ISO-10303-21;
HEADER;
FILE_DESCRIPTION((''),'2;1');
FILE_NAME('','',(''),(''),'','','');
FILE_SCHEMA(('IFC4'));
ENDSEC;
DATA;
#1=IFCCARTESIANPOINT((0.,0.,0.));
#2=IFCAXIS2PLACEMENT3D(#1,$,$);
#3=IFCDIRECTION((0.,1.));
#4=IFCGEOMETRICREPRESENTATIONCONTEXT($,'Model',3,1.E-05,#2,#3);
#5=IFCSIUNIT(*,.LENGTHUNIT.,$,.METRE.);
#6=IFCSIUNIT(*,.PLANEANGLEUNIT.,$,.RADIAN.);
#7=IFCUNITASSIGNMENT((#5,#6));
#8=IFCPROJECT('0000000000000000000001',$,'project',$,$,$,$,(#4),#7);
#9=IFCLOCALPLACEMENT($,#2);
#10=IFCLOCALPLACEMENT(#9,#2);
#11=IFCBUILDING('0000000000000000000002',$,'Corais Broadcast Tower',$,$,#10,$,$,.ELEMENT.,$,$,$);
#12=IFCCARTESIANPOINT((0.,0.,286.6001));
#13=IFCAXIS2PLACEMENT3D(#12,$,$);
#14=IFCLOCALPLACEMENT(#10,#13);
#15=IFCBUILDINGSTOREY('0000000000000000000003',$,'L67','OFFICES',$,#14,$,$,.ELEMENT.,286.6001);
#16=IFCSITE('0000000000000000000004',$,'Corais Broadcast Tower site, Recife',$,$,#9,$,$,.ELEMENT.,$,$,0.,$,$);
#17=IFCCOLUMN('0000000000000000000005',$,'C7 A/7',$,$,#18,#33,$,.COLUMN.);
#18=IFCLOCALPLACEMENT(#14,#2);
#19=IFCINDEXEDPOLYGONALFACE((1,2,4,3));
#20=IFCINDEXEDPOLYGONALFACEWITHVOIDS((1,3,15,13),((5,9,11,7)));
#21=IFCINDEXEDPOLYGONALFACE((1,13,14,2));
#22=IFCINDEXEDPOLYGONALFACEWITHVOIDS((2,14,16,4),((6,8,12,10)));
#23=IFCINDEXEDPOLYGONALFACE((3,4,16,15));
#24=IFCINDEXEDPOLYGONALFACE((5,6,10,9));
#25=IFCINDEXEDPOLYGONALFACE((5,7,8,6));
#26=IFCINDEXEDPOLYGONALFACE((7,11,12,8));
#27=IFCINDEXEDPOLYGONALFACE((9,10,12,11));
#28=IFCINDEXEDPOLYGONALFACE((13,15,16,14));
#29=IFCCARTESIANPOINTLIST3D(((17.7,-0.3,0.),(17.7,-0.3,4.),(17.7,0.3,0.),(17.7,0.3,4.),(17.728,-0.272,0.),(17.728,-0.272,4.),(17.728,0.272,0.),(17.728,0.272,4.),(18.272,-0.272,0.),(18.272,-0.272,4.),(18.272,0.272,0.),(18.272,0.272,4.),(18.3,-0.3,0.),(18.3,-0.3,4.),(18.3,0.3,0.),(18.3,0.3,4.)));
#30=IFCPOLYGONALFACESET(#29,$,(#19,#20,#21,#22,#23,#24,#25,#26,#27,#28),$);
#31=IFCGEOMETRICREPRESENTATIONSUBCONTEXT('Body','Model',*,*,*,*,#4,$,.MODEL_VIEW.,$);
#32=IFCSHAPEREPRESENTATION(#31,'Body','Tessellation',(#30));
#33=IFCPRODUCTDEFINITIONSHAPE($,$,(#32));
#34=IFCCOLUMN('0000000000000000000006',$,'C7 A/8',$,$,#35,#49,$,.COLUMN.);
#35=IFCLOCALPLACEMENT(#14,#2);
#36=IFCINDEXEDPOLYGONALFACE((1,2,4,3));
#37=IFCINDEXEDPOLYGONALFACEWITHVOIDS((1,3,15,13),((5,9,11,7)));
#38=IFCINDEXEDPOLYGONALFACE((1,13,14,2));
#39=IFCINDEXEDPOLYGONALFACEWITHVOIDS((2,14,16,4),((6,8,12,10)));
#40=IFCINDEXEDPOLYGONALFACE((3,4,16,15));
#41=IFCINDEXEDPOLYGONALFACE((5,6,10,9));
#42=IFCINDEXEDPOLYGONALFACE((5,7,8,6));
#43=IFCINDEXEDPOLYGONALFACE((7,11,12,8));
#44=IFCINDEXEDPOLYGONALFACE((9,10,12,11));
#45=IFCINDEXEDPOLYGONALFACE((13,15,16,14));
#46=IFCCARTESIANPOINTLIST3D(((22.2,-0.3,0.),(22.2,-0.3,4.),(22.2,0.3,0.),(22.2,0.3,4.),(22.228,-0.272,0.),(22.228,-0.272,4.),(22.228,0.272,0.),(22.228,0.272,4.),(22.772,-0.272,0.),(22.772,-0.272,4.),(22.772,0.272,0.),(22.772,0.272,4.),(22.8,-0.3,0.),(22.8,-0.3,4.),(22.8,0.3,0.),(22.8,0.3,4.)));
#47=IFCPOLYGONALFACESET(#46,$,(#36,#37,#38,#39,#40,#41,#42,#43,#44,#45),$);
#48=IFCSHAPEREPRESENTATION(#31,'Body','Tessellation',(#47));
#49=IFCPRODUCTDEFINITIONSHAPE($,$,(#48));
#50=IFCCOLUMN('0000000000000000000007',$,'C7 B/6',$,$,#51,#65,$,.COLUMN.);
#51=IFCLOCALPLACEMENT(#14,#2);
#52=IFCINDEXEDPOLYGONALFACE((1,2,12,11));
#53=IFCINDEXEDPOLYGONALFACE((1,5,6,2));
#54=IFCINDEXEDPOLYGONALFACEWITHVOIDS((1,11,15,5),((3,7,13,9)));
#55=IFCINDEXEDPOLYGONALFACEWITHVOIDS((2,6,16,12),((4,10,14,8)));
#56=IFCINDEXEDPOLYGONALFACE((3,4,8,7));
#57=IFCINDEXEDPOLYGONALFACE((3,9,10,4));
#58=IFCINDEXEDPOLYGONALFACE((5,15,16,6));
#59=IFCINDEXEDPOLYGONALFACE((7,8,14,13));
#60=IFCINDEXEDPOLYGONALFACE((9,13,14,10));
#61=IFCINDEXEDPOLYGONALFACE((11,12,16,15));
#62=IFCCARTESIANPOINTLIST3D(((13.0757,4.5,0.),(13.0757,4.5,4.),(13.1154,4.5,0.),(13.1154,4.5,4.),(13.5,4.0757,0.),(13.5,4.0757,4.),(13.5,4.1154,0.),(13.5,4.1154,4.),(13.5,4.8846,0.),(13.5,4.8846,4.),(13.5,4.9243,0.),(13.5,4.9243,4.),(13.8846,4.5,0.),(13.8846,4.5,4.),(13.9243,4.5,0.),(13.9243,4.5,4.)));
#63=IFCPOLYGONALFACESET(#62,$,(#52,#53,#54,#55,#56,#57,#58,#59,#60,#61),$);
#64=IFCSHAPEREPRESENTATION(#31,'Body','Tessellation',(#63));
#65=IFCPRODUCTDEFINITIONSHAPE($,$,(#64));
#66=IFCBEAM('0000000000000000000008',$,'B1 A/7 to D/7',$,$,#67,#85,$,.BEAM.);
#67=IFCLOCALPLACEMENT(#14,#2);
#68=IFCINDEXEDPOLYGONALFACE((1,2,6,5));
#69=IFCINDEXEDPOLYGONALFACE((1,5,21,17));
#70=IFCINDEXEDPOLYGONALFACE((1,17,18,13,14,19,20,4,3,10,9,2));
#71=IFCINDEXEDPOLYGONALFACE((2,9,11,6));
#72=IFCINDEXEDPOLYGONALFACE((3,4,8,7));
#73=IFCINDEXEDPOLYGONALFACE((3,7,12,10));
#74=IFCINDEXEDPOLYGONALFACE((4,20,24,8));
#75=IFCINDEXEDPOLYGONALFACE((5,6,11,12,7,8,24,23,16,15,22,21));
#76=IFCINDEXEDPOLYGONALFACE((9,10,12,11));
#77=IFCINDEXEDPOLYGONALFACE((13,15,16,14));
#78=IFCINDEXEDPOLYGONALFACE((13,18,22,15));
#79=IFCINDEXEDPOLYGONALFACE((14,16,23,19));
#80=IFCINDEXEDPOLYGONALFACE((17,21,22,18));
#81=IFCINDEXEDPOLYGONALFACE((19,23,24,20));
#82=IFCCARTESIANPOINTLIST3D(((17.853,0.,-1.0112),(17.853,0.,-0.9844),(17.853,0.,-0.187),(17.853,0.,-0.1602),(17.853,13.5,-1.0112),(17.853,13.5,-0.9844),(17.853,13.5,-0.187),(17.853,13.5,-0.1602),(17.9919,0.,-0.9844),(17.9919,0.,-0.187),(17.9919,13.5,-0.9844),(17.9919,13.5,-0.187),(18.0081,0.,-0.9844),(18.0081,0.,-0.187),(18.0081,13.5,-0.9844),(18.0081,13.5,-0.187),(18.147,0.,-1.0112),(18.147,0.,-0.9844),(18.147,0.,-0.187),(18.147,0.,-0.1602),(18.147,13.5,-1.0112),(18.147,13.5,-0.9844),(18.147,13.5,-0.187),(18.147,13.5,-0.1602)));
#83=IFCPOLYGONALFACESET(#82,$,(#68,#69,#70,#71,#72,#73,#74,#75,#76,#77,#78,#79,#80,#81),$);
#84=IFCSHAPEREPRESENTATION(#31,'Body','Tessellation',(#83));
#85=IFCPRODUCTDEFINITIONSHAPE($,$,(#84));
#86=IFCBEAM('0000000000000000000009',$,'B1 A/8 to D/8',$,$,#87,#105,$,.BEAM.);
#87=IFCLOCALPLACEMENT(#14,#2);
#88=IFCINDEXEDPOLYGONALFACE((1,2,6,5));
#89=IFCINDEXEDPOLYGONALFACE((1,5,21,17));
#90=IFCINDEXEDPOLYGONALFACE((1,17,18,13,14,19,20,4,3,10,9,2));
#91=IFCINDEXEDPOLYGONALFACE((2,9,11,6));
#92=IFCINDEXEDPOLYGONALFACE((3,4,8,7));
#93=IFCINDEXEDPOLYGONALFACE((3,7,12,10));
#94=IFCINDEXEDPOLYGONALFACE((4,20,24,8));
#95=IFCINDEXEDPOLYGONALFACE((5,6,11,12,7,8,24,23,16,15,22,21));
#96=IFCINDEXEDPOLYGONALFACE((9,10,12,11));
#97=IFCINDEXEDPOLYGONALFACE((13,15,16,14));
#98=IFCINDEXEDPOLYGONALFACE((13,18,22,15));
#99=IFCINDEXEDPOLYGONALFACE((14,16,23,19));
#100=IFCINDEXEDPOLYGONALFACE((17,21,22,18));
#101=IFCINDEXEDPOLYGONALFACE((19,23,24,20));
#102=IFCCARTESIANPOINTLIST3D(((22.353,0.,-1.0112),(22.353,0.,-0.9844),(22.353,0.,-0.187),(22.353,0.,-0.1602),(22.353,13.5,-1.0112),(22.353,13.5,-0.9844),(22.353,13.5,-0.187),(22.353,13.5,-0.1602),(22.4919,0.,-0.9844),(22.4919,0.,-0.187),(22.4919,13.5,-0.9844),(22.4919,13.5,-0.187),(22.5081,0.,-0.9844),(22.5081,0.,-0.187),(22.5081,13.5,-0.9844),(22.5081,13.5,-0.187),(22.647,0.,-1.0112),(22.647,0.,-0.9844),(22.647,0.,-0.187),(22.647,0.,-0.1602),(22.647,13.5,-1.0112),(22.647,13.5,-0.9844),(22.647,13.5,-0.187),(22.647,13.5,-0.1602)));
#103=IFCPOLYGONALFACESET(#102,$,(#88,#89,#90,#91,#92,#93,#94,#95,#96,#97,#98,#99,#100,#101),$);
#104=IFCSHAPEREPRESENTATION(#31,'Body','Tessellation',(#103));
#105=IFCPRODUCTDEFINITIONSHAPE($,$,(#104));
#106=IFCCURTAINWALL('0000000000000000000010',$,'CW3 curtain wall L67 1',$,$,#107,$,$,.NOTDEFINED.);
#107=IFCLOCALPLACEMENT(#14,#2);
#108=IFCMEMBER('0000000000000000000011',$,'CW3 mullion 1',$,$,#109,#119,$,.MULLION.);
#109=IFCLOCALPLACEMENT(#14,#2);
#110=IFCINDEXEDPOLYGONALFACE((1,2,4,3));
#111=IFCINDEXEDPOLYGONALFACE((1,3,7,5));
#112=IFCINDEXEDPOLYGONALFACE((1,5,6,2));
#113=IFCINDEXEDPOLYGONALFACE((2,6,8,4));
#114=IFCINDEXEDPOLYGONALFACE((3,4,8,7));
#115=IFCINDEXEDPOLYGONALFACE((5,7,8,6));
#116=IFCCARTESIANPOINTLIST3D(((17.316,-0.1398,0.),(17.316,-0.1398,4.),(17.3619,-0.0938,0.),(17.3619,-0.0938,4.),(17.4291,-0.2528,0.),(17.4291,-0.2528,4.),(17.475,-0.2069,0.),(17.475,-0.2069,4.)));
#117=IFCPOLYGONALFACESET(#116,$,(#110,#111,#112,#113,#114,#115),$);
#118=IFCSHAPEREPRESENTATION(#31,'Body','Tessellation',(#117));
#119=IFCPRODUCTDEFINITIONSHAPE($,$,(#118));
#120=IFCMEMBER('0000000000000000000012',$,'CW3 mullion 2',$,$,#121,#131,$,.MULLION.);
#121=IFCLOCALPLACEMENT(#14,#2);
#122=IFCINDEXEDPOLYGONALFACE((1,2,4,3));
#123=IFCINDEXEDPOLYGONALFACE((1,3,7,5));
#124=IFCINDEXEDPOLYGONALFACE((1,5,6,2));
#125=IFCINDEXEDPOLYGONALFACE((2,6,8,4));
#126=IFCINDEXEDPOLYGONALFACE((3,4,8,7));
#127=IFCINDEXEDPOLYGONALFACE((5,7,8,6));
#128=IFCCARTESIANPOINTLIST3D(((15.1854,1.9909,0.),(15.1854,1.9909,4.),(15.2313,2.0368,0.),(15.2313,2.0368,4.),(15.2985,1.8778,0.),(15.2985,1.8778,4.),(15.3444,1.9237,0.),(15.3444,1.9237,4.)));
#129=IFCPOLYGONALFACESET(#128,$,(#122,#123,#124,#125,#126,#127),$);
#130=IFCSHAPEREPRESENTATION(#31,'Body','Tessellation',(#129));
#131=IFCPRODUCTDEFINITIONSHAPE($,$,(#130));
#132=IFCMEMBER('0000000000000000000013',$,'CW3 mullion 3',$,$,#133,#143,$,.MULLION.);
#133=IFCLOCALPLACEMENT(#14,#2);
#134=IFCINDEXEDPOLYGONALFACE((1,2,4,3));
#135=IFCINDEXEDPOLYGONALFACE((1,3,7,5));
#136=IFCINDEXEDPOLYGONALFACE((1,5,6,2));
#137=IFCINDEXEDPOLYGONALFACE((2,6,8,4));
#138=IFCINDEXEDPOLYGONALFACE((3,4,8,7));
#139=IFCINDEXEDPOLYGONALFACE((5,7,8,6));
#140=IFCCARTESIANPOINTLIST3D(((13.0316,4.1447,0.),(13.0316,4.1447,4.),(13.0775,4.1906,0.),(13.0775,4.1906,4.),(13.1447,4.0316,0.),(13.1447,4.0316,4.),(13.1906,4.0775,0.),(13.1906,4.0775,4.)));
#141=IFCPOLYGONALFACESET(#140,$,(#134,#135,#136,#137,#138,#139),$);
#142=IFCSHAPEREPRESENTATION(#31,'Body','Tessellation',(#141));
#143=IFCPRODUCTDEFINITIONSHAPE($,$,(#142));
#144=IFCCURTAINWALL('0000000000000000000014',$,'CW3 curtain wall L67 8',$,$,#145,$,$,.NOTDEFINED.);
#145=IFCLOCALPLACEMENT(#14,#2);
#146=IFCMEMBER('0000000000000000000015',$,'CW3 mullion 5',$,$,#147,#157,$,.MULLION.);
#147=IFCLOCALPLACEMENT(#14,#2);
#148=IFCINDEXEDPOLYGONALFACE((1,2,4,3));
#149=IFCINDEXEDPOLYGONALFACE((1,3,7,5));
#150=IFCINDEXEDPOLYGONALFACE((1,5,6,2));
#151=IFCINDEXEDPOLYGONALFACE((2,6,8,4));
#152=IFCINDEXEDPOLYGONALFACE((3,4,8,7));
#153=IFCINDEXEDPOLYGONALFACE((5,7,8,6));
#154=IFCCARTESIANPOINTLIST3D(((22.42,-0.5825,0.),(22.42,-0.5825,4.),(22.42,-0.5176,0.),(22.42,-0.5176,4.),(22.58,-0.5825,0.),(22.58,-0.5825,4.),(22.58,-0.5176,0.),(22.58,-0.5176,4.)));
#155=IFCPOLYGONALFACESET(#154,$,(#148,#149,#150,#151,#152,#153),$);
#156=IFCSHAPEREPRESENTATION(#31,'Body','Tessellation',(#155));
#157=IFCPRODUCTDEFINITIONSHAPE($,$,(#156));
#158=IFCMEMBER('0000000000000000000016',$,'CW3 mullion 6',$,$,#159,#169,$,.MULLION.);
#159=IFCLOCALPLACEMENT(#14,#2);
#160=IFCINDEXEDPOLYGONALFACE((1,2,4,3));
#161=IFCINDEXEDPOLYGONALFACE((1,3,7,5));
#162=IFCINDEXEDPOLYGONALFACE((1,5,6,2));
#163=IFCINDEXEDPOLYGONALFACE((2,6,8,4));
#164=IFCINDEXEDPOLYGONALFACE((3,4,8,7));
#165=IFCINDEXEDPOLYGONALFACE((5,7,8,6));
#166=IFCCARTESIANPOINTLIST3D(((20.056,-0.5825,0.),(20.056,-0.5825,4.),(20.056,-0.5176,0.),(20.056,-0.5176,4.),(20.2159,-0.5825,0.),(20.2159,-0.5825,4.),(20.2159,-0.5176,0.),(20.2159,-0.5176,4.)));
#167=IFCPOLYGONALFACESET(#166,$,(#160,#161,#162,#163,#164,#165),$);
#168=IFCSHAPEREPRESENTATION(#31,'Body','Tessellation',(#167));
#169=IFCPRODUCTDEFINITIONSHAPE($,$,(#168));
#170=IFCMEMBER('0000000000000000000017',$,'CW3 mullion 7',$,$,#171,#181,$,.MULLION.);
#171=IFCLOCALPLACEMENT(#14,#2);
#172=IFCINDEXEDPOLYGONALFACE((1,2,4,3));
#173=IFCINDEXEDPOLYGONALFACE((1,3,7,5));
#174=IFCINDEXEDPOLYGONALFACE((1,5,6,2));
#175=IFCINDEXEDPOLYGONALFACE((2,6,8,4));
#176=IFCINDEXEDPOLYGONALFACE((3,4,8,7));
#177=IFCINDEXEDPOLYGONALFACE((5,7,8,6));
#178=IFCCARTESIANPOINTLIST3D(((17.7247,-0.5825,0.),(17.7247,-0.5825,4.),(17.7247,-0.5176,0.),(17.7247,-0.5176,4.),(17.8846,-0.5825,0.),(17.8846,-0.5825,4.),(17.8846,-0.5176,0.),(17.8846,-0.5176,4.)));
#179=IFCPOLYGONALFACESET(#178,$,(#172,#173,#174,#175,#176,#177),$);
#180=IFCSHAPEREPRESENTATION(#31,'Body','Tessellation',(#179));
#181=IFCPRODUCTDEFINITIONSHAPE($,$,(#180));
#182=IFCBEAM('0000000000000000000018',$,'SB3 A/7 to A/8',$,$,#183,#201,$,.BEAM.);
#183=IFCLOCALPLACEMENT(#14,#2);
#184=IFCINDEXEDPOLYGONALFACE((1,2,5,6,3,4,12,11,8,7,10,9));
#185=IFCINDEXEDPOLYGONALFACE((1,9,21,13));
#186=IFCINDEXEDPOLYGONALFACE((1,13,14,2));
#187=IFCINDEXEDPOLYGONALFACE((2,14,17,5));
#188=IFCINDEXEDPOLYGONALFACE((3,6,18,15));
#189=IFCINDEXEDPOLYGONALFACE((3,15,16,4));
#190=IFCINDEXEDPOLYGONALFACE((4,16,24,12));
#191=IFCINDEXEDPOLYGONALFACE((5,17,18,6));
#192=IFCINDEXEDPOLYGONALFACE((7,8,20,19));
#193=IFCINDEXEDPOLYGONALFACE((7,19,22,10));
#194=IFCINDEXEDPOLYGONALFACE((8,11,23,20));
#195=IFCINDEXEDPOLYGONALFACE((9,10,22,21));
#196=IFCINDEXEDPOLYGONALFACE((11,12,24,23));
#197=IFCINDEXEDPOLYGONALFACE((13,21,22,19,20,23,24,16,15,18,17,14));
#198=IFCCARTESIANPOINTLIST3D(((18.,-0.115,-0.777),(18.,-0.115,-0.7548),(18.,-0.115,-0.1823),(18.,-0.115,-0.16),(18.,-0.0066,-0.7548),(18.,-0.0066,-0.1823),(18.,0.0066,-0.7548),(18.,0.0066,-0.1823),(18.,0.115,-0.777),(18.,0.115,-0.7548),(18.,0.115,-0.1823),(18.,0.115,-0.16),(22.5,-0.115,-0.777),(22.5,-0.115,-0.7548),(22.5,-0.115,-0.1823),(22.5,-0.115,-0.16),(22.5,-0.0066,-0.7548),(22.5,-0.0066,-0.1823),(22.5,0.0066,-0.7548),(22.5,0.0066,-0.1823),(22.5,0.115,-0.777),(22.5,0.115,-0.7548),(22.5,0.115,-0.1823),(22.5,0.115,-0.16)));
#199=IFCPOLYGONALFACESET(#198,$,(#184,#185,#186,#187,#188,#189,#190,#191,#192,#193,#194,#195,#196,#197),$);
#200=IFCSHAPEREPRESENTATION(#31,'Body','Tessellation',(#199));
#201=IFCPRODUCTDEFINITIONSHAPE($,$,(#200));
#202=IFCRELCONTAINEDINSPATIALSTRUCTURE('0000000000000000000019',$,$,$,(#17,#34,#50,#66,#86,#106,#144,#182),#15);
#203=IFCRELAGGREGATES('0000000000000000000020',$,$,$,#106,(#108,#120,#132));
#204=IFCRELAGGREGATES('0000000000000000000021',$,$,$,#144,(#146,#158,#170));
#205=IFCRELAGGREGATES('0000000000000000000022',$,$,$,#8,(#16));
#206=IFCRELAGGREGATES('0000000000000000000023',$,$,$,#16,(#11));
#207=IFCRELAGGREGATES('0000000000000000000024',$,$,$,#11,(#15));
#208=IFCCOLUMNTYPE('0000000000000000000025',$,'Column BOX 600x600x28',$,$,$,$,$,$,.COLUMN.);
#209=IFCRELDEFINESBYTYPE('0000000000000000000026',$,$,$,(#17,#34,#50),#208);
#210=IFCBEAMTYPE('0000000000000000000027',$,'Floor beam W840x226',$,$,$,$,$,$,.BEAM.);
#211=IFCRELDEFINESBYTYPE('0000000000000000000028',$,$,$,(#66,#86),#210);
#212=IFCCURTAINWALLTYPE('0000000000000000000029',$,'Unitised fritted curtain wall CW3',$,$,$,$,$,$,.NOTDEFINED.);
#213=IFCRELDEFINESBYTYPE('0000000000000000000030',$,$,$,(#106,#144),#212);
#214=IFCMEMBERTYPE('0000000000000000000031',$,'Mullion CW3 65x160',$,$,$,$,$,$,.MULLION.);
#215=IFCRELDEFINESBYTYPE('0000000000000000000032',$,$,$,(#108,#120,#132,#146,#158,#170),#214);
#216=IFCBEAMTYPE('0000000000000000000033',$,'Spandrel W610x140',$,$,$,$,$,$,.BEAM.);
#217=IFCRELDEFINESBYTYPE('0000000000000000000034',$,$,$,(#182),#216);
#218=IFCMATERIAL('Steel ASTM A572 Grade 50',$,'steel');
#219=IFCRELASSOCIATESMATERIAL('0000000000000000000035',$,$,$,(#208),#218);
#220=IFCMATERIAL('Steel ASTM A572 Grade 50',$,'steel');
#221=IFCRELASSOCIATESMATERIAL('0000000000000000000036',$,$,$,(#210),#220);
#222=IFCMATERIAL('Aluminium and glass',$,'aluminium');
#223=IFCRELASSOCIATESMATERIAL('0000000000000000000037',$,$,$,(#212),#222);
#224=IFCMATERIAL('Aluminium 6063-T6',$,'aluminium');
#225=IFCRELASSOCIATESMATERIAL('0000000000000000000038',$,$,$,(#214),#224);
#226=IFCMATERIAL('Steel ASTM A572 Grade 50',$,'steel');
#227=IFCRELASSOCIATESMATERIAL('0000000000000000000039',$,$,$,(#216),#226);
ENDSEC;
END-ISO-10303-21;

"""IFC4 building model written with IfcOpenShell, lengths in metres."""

from ifc_helpers import new_model, si_unit, direction, frame, origin, origin_2d, place, context, subcontext, project, spatial, rectangle, hollow_rectangle, i_section, extrude, material, material_profile, profile_set, type_object, element, aggregate, save


model = new_model("IFC4")

# Units and contexts
model_context = context("Model", 3, precision=1e-05, world=origin(), true_north=direction((0.0, 1.0)))
body_context = subcontext(model_context, "Body", "Model", "MODEL_VIEW")
ifc_project = project(units=[si_unit("LENGTHUNIT", "METRE"), si_unit("PLANEANGLEUNIT", "RADIAN")], contexts=[model_context])

# Site, building, storey
site_placement = place(None, origin())
site = spatial("IfcSite", under=ifc_project, at=site_placement, Name="Corais Broadcast Tower site, Recife", CompositionType="ELEMENT", RefElevation=0.0)
building_placement = place(site_placement, origin())
building = spatial("IfcBuilding", under=site, at=building_placement, Name="Corais Broadcast Tower", CompositionType="ELEMENT")
storey_placement = place(building_placement, frame((0.0, 0.0, 286.6001)))
storey = spatial("IfcBuildingStorey", under=building, at=storey_placement, Name="L67", Description="OFFICES", CompositionType="ELEMENT", Elevation=286.6001)

# Columns
ifc_material_1 = material(Name="Steel ASTM A572 Grade 50", Category="steel")
ifc_material_profile_1 = material_profile(ifc_material_1, hollow_rectangle(XDim=0.6001, YDim=0.6001, WallThickness=0.0281, at=origin_2d()), Name="BOX 600x600x28")
ifc_profile_set_1 = profile_set([ifc_material_profile_1], Name="Steel ASTM A572 Grade 50")
column_type = type_object("IfcColumnType", Name="Column BOX 600x600x28", PredefinedType="COLUMN", material=ifc_profile_set_1)
for number, where, z_axis, x_axis, name in (
    (1, (18.0, 0.0, 0.0), (0.0, 0.0, 1.0), (1.0, 0.0, 0.0), "C7 A/7"),
    (2, (22.5, 0.0, 0.0), (0.0, 0.0, 1.0), (1.0, 0.0, 0.0), "C7 A/8"),
    (3, (13.5, 4.5, 0.0), (0.0, 0.0, 1.0), (0.707107, 0.707107, 0.0), "C7 B/6"),
):
    element("IfcColumn", number, at=place(storey_placement, frame(where, z_axis=z_axis, x_axis=x_axis)), inside=storey, type_object=column_type, Name=name, PredefinedType="COLUMN", context=body_context, shape_type="SweptSolid", body=[
        extrude(hollow_rectangle(XDim=0.6001, YDim=0.6001, WallThickness=0.0281, at=origin_2d()), origin(), (0.0, 0.0, 1.0), 4.0),
    ])

# Beams
ifc_material_2 = material(Name="Steel ASTM A572 Grade 50", Category="steel")
ifc_material_profile_2 = material_profile(ifc_material_2, i_section(OverallWidth=0.2939, OverallDepth=0.8511, WebThickness=0.0161, FlangeThickness=0.0269, at=origin_2d()), Name="W840x226")
ifc_profile_set_2 = profile_set([ifc_material_profile_2], Name="Steel ASTM A572 Grade 50")
beam_type_1 = type_object("IfcBeamType", Name="Floor beam W840x226", PredefinedType="BEAM", material=ifc_profile_set_2)
for number, where, z_axis, x_axis, name in (
    (4, (18.0, 0.0, -0.5857), (0.0, 1.0, 0.0), (-1.0, 0.0, 0.0), "B1 A/7 to D/7"),
    (5, (22.5, 0.0, -0.5857), (0.0, 1.0, 0.0), (-1.0, 0.0, 0.0), "B1 A/8 to D/8"),
):
    element("IfcBeam", number, at=place(storey_placement, frame(where, z_axis=z_axis, x_axis=x_axis)), inside=storey, type_object=beam_type_1, Name=name, PredefinedType="BEAM", context=body_context, shape_type="SweptSolid", body=[
        extrude(i_section(OverallWidth=0.2939, OverallDepth=0.8511, WebThickness=0.0161, FlangeThickness=0.0269, at=origin_2d()), origin(), (0.0, 0.0, 1.0), 13.5),
    ])

# Curtain walls, members
ifc_material_3 = material(Name="Aluminium and glass", Category="aluminium")
curtain_wall_type = type_object("IfcCurtainWallType", Name="Unitised fritted curtain wall CW3", PredefinedType="NOTDEFINED", material=ifc_material_3)
curtain_wall_1_placement = place(storey_placement, origin())
curtain_wall_1 = element("IfcCurtainWall", 6, at=curtain_wall_1_placement, inside=storey, type_object=curtain_wall_type, Name="CW3 curtain wall L67 1", PredefinedType="NOTDEFINED")
ifc_material_4 = material(Name="Aluminium 6063-T6", Category="aluminium")
ifc_material_profile_3 = material_profile(ifc_material_4, rectangle(XDim=0.0649, YDim=0.1599, at=origin_2d()), Name="Mullion CW3 65x160")
ifc_profile_set_3 = profile_set([ifc_material_profile_3], Name="Aluminium 6063-T6")
member_type_1 = type_object("IfcMemberType", Name="Mullion CW3 65x160", PredefinedType="MULLION", material=ifc_profile_set_3)
member_1_placement = place(storey_placement, frame((17.3955, -0.1733, 0.0), z_axis=(0.0, 0.0, 1.0), x_axis=(-0.707107, -0.707107, 0.0)))
member_1 = element("IfcMember", 7, at=member_1_placement, type_object=member_type_1, Name="CW3 mullion 1", PredefinedType="MULLION", context=body_context, shape_type="SweptSolid", body=[
    extrude(rectangle(XDim=0.0649, YDim=0.1599, at=origin_2d()), origin(), (0.0, 0.0, 1.0), 4.0),
])
member_2_placement = place(storey_placement, frame((15.2649, 1.9573, 0.0), z_axis=(0.0, 0.0, 1.0), x_axis=(-0.707107, -0.707107, 0.0)))
member_2 = element("IfcMember", 8, at=member_2_placement, type_object=member_type_1, Name="CW3 mullion 2", PredefinedType="MULLION", context=body_context, shape_type="SweptSolid", body=[
    extrude(rectangle(XDim=0.0649, YDim=0.1599, at=origin_2d()), origin(), (0.0, 0.0, 1.0), 4.0),
])
member_3_placement = place(storey_placement, frame((13.1111, 4.1111, 0.0), z_axis=(0.0, 0.0, 1.0), x_axis=(-0.707107, -0.707107, 0.0)))
member_3 = element("IfcMember", 9, at=member_3_placement, type_object=member_type_1, Name="CW3 mullion 3", PredefinedType="MULLION", context=body_context, shape_type="SweptSolid", body=[
    extrude(rectangle(XDim=0.0649, YDim=0.1599, at=origin_2d()), origin(), (0.0, 0.0, 1.0), 4.0),
])
curtain_wall_2_placement = place(storey_placement, origin())
curtain_wall_2 = element("IfcCurtainWall", 10, at=curtain_wall_2_placement, inside=storey, type_object=curtain_wall_type, Name="CW3 curtain wall L67 8", PredefinedType="NOTDEFINED")
member_4_placement = place(storey_placement, frame((22.5, -0.55, 0.0), z_axis=(0.0, 0.0, 1.0), x_axis=(0.0, -1.0, 0.0)))
member_4 = element("IfcMember", 11, at=member_4_placement, type_object=member_type_1, Name="CW3 mullion 5", PredefinedType="MULLION", context=body_context, shape_type="SweptSolid", body=[
    extrude(rectangle(XDim=0.0649, YDim=0.1599, at=origin_2d()), origin(), (0.0, 0.0, 1.0), 4.0),
])
member_5_placement = place(storey_placement, frame((20.136, -0.55, 0.0), z_axis=(0.0, 0.0, 1.0), x_axis=(0.0, -1.0, 0.0)))
member_5 = element("IfcMember", 12, at=member_5_placement, type_object=member_type_1, Name="CW3 mullion 6", PredefinedType="MULLION", context=body_context, shape_type="SweptSolid", body=[
    extrude(rectangle(XDim=0.0649, YDim=0.1599, at=origin_2d()), origin(), (0.0, 0.0, 1.0), 4.0),
])
member_6_placement = place(storey_placement, frame((17.8047, -0.55, 0.0), z_axis=(0.0, 0.0, 1.0), x_axis=(0.0, -1.0, 0.0)))
member_6 = element("IfcMember", 13, at=member_6_placement, type_object=member_type_1, Name="CW3 mullion 7", PredefinedType="MULLION", context=body_context, shape_type="SweptSolid", body=[
    extrude(rectangle(XDim=0.0649, YDim=0.1599, at=origin_2d()), origin(), (0.0, 0.0, 1.0), 4.0),
])

# Beam
ifc_material_5 = material(Name="Steel ASTM A572 Grade 50", Category="steel")
ifc_material_profile_4 = material_profile(ifc_material_5, i_section(OverallWidth=0.23, OverallDepth=0.6169, WebThickness=0.0132, FlangeThickness=0.0222, at=origin_2d()), Name="W610x140")
ifc_profile_set_4 = profile_set([ifc_material_profile_4], Name="Steel ASTM A572 Grade 50")
beam_type_2 = type_object("IfcBeamType", Name="Spandrel W610x140", PredefinedType="BEAM", material=ifc_profile_set_4)
for number, where, z_axis, x_axis, name in (
    (14, (18.0, 0.0, -0.4685), (1.0, 0.0, 0.0), (0.0, 1.0, 0.0), "SB3 A/7 to A/8"),
):
    element("IfcBeam", number, at=place(storey_placement, frame(where, z_axis=z_axis, x_axis=x_axis)), inside=storey, type_object=beam_type_2, Name=name, PredefinedType="BEAM", context=body_context, shape_type="SweptSolid", body=[
        extrude(i_section(OverallWidth=0.23, OverallDepth=0.6169, WebThickness=0.0132, FlangeThickness=0.0222, at=origin_2d()), origin(), (0.0, 0.0, 1.0), 4.5),
    ])

aggregate(curtain_wall_1, [member_1, member_2, member_3])
aggregate(curtain_wall_2, [member_4, member_5, member_6])

save(model, "model.ifc")
